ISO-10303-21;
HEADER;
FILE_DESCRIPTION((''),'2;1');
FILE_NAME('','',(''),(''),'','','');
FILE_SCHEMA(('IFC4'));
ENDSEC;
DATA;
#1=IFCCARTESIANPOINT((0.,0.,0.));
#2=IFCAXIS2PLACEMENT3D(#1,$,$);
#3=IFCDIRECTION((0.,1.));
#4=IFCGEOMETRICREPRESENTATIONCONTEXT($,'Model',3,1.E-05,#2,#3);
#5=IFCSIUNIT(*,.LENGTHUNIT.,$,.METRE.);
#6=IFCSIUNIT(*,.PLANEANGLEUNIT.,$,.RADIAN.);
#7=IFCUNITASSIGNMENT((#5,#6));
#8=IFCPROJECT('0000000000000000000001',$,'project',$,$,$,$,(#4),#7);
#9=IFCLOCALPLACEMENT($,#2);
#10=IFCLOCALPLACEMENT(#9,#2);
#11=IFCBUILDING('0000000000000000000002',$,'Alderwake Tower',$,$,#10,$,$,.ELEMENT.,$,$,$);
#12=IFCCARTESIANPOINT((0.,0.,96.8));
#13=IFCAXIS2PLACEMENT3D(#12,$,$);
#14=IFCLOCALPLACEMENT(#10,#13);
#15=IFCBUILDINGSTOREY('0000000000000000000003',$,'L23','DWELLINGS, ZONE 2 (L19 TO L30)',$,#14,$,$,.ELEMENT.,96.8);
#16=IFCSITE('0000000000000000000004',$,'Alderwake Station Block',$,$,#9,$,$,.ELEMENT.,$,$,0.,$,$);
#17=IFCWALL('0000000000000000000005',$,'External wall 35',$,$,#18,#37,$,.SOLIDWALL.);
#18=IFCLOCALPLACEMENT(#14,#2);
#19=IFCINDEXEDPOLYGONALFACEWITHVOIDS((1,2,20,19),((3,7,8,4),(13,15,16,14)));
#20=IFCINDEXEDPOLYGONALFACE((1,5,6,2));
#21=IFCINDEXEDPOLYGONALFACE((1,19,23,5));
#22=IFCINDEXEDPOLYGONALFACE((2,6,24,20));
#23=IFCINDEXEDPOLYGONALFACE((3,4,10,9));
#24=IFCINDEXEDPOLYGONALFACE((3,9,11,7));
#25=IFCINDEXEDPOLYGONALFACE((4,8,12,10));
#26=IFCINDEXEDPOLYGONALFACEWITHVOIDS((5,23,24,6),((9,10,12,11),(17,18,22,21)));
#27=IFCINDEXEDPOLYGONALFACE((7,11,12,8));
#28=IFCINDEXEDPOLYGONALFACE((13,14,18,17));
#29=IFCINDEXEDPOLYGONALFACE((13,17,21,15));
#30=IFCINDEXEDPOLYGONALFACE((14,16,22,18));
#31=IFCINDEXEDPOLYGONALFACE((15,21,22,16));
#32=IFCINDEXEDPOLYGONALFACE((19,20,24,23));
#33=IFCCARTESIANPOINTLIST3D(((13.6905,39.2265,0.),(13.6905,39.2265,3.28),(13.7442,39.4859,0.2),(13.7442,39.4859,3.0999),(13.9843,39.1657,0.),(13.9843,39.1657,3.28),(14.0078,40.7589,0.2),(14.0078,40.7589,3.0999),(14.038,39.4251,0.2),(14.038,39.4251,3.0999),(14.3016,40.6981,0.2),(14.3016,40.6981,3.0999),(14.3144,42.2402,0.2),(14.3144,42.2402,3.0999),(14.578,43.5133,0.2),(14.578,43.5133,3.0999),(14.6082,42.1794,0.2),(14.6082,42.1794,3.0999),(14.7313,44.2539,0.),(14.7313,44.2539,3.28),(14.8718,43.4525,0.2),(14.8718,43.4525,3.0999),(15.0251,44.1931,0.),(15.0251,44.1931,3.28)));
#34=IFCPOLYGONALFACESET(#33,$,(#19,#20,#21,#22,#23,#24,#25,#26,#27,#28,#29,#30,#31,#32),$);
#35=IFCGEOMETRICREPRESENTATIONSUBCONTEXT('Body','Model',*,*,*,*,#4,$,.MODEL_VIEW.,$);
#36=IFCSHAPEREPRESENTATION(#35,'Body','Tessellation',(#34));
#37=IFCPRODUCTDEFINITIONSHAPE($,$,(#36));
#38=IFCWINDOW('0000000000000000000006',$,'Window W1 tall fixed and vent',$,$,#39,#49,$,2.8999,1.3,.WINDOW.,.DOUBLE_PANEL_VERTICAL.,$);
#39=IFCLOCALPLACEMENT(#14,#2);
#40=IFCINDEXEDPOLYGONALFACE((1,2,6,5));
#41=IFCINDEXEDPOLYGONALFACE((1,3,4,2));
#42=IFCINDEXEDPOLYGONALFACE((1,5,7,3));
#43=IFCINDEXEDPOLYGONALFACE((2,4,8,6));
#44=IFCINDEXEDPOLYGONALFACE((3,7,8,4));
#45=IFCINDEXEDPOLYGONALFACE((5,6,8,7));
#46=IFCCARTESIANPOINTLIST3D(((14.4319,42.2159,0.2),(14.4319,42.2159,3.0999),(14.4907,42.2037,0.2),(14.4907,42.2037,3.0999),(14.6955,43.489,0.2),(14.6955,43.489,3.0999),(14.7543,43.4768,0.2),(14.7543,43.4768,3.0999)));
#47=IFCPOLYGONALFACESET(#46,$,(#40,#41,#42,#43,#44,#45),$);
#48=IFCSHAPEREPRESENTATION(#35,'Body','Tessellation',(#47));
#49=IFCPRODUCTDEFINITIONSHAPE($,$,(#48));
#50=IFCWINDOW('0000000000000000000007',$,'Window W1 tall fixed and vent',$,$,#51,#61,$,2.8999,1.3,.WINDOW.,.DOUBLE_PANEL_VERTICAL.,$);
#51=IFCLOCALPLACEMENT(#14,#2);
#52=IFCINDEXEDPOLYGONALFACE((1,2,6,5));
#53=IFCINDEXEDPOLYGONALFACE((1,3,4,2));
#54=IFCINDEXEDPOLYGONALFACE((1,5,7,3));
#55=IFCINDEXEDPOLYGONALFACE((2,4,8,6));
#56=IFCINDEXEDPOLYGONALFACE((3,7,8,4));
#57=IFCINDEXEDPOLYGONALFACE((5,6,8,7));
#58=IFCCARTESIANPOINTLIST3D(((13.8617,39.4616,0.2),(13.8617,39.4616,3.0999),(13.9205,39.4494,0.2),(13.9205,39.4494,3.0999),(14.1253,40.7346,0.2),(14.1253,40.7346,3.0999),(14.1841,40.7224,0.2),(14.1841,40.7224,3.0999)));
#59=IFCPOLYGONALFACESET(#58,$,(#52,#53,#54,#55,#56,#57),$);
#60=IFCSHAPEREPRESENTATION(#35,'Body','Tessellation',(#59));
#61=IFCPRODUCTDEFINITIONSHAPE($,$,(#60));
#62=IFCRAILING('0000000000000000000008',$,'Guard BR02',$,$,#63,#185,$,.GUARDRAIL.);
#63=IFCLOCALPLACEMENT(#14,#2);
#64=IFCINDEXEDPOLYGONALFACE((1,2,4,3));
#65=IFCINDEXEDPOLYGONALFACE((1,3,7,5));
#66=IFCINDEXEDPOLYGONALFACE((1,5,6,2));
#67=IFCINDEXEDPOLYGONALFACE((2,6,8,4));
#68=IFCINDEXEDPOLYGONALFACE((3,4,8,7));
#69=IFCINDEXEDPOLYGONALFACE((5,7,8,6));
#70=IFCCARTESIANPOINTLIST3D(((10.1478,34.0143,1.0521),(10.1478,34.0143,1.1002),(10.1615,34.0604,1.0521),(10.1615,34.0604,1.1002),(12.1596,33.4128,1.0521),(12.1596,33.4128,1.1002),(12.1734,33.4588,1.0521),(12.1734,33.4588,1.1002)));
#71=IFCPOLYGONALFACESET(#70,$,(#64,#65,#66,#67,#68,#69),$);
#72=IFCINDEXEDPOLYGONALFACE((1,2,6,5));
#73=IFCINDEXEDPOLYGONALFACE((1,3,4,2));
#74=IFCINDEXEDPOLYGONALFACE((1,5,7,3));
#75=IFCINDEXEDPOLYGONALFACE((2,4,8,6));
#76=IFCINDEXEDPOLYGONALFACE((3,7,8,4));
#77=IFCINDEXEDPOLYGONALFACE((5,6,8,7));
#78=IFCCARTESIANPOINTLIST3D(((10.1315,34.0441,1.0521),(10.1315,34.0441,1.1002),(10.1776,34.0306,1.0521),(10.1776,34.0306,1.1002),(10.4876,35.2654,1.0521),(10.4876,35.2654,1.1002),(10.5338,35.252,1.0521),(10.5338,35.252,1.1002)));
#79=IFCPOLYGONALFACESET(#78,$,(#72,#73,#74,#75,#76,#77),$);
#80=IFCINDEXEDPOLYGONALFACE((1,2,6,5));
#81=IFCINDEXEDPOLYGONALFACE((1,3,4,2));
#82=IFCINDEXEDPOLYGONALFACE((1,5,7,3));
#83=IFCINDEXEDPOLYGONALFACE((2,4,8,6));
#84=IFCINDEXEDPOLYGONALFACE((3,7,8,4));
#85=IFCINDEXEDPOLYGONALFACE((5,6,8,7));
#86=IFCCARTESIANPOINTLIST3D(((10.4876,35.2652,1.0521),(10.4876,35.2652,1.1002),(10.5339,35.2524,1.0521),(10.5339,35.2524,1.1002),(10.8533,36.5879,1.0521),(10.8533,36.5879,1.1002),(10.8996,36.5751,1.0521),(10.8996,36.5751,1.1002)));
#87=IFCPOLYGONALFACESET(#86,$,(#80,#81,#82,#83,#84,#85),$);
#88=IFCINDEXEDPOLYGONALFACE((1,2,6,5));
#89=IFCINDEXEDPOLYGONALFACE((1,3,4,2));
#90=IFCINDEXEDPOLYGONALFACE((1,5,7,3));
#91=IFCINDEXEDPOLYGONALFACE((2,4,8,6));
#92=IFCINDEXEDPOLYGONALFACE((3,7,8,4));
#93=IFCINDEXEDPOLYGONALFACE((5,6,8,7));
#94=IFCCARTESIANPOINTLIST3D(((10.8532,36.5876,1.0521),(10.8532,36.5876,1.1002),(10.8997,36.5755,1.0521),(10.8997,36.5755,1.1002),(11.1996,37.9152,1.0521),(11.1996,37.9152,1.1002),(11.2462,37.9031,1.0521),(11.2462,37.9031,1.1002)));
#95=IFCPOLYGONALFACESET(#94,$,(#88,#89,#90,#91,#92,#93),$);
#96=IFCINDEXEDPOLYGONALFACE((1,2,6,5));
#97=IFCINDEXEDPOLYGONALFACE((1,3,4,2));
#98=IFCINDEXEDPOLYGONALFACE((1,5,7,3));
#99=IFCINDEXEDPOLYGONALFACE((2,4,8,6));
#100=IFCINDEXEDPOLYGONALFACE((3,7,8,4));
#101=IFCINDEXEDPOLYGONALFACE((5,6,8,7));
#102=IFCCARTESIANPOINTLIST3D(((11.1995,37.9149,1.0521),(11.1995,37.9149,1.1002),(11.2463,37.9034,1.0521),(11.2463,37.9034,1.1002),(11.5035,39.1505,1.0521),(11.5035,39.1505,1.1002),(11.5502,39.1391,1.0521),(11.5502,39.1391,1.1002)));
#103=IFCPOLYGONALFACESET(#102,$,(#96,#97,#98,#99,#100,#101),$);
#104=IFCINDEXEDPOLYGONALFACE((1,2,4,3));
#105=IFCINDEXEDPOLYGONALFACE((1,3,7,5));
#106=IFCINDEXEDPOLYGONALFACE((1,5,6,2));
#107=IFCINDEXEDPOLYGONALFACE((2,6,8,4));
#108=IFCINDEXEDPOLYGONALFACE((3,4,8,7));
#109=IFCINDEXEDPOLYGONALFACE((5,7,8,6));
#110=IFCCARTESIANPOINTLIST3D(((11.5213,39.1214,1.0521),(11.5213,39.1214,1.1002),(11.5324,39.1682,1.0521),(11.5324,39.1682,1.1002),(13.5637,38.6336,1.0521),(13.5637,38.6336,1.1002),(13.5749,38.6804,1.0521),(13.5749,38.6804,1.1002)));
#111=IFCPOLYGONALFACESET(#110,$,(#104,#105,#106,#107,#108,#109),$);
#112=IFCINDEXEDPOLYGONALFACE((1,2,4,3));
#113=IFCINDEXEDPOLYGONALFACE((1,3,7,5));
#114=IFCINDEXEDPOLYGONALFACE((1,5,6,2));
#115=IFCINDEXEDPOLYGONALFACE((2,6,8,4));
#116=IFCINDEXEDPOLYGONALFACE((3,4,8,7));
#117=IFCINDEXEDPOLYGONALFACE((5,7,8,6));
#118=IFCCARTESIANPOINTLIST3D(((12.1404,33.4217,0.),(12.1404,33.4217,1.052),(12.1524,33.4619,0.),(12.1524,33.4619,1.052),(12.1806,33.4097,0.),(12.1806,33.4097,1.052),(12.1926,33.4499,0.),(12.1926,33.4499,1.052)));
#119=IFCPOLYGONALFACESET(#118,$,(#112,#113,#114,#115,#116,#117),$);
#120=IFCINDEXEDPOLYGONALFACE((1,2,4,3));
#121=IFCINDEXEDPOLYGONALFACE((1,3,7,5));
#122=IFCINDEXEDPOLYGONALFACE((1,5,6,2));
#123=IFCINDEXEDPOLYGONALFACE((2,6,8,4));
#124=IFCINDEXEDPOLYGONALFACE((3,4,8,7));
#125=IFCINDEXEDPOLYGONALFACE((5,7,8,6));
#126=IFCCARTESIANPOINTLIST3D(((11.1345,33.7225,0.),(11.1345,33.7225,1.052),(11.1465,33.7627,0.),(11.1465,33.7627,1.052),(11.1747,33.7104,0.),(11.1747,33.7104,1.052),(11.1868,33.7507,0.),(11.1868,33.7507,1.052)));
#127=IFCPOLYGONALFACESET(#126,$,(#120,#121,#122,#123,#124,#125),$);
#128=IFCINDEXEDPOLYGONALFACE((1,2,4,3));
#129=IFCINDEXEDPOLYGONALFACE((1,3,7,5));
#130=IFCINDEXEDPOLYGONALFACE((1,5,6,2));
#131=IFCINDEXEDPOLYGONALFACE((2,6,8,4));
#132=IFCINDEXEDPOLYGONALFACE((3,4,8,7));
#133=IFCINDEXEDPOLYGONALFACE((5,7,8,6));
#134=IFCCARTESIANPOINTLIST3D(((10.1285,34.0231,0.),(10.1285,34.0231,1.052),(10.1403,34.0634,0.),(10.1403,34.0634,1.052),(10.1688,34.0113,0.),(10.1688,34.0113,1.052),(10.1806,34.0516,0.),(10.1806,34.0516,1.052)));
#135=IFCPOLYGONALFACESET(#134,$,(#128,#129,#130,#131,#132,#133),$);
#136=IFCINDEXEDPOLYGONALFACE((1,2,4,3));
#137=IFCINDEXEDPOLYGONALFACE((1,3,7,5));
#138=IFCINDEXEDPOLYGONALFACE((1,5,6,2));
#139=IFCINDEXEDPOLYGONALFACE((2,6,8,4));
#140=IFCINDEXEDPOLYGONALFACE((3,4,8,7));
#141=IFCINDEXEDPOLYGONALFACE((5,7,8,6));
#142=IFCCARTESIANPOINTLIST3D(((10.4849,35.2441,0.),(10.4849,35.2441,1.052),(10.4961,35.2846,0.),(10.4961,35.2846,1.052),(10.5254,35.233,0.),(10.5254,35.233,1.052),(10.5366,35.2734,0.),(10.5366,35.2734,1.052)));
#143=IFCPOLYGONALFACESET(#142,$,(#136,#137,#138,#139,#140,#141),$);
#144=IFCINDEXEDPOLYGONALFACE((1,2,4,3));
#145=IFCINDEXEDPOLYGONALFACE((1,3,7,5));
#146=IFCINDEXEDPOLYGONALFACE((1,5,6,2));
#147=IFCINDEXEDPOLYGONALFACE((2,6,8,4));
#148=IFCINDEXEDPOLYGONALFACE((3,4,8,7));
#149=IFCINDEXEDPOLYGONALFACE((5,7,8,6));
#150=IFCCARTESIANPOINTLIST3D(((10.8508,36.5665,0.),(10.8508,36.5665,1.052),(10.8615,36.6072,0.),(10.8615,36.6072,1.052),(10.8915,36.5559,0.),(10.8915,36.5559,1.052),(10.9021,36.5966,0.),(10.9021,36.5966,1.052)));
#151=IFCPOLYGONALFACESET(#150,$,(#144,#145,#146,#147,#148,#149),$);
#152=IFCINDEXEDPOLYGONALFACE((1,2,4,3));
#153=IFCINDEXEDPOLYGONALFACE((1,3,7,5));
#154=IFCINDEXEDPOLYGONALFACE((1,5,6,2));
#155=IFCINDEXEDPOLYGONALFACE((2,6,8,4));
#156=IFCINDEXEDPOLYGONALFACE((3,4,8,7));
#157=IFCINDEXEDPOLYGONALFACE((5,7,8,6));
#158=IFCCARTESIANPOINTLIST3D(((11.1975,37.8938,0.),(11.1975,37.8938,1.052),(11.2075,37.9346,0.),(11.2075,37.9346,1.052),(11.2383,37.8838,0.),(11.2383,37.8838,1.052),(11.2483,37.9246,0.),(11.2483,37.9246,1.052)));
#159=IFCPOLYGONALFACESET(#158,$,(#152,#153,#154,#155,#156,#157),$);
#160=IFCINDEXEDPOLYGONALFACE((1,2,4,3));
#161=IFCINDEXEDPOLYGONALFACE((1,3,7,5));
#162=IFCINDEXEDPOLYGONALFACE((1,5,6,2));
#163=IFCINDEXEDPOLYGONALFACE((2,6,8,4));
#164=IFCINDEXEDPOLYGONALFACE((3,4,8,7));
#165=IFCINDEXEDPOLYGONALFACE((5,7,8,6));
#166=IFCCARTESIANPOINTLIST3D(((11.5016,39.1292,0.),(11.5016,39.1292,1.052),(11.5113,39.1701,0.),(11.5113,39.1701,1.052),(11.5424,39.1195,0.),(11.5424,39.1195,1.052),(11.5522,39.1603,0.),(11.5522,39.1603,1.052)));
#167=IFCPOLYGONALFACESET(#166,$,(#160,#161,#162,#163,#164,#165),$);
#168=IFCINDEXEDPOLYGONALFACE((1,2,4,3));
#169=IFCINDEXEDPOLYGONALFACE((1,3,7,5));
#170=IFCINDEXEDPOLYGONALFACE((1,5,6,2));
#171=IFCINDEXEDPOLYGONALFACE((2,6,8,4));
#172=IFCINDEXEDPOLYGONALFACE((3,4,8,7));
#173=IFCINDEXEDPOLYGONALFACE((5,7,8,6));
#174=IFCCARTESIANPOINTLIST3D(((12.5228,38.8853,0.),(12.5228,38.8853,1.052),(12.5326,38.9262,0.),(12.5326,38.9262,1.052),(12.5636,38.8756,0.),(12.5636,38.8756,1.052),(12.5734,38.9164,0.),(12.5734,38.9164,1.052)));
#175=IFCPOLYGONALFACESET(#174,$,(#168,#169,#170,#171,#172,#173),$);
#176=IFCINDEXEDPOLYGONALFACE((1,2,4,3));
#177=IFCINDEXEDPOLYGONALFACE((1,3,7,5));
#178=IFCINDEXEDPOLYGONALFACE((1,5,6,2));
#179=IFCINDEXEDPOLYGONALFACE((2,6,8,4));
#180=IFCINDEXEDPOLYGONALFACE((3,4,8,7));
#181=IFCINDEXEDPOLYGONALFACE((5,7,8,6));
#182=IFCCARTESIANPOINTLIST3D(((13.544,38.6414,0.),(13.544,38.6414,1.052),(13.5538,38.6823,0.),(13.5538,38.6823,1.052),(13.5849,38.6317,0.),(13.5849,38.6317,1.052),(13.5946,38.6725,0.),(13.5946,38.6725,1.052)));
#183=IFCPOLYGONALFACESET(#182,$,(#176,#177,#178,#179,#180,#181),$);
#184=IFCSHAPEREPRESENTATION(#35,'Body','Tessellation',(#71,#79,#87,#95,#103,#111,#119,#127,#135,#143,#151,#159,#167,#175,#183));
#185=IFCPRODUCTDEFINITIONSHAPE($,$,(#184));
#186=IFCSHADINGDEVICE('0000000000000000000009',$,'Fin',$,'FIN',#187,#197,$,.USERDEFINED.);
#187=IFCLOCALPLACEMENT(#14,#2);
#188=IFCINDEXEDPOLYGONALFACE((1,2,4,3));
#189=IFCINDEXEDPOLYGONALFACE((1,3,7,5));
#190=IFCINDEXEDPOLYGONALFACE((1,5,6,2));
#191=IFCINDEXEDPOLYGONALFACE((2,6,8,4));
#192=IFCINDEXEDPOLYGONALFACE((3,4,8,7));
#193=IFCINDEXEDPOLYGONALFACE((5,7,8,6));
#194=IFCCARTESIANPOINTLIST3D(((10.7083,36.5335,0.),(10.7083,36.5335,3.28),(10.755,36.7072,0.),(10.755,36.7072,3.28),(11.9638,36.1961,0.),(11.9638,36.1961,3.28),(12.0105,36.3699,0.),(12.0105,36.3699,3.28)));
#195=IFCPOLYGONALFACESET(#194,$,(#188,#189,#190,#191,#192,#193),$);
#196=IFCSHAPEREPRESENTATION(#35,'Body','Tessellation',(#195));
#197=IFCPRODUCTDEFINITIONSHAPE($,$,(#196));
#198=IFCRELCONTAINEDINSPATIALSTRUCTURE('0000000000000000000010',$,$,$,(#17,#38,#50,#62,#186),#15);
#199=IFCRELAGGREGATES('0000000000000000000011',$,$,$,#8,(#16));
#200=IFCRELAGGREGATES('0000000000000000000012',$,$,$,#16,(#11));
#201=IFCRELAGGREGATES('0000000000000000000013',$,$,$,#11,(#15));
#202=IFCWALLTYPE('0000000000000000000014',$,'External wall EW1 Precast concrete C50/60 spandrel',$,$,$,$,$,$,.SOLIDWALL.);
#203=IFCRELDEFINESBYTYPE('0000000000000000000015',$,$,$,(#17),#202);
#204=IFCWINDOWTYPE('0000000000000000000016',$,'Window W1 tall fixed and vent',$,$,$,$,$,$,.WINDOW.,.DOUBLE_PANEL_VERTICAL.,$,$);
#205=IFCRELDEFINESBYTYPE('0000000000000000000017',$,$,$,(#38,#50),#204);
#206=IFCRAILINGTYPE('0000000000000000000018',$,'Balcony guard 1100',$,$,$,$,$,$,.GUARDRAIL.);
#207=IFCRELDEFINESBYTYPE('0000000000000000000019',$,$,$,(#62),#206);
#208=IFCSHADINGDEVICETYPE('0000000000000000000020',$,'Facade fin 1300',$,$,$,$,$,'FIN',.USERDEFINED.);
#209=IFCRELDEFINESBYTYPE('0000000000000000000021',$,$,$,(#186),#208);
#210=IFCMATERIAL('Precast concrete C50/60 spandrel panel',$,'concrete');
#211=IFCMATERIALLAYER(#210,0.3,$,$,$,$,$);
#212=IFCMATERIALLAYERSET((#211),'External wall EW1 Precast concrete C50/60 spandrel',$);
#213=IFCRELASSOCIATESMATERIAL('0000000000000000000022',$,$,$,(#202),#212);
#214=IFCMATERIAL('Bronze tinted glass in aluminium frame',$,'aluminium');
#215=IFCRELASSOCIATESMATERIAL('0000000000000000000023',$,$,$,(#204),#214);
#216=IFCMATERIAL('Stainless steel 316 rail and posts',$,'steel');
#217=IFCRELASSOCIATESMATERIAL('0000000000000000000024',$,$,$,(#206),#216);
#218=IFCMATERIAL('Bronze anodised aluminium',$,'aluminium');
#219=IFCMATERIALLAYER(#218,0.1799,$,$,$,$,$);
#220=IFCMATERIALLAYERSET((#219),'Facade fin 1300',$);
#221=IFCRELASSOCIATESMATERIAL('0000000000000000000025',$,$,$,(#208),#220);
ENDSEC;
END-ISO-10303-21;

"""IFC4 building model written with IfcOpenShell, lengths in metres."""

from ifc_helpers import new_model, si_unit, direction, frame, frame_2d, origin, origin_2d, place, context, subcontext, project, spatial, rectangle, extrude, material, layer, layer_set, type_object, element, fill, save


model = new_model("IFC4")

# Units and contexts
model_context = context("Model", 3, precision=1e-05, world=origin(), true_north=direction((0.0, 1.0)))
body_context = subcontext(model_context, "Body", "Model", "MODEL_VIEW")
ifc_project = project(units=[si_unit("LENGTHUNIT", "METRE"), si_unit("PLANEANGLEUNIT", "RADIAN")], contexts=[model_context])

# Site, building, storey
site_placement = place(None, origin())
site = spatial("IfcSite", under=ifc_project, at=site_placement, Name="Alderwake Station Block", CompositionType="ELEMENT", RefElevation=0.0)
building_placement = place(site_placement, origin())
building = spatial("IfcBuilding", under=site, at=building_placement, Name="Alderwake Tower", CompositionType="ELEMENT")
storey_placement = place(building_placement, frame((0.0, 0.0, 96.8)))
storey = spatial("IfcBuildingStorey", under=building, at=storey_placement, Name="L23", Description="DWELLINGS, ZONE 2 (L19 TO L30)", CompositionType="ELEMENT", Elevation=96.8)

# Wall, openings, windows
ifc_material_1 = material(Name="Precast concrete C50/60 spandrel panel", Category="concrete")
ifc_layer_1 = layer(ifc_material_1, 0.3)
ifc_layer_set_1 = layer_set([ifc_layer_1], Name="External wall EW1 Precast concrete C50/60 spandrel")
wall_type_1 = type_object("IfcWallType", Name="External wall EW1 Precast concrete C50/60 spandrel", PredefinedType="SOLIDWALL", material=ifc_layer_set_1)
wall_1_placement = place(storey_placement, frame((14.8782, 44.2234, 0.0), z_axis=(0.0, 0.0, 1.0), x_axis=(-0.202724, -0.979236, 0.0)))
wall_1 = element("IfcWall", 1, at=wall_1_placement, inside=storey, type_object=wall_type_1, Name="External wall 35", PredefinedType="SOLIDWALL", context=body_context, shape_type="SweptSolid", body=[
    extrude(rectangle(XDim=5.134, YDim=0.3, at=frame_2d((2.5669, 0.0))), origin(), (0.0, 0.0, 1.0), 3.28),
])
opening_1_placement = place(wall_1_placement, frame((0.7563, 0.0, 0.2)))
opening_1 = element("IfcOpeningElement", 2, at=opening_1_placement, cuts=wall_1, PredefinedType="OPENING", context=body_context, shape_type="SweptSolid", body=[
    extrude(rectangle(XDim=1.3, YDim=2.8999, at=frame_2d((0.6499, 1.45))), frame((0.0, 0.1599, 0.0), z_axis=(0.0, -1.0, 0.0), x_axis=(1.0, 0.0, 0.0)), (0.0, 0.0, 1.0), 0.3201),
])
opening_2_placement = place(wall_1_placement, frame((3.5691, 0.0, 0.2)))
opening_2 = element("IfcOpeningElement", 3, at=opening_2_placement, cuts=wall_1, PredefinedType="OPENING", context=body_context, shape_type="SweptSolid", body=[
    extrude(rectangle(XDim=1.3, YDim=2.8999, at=frame_2d((0.6499, 1.45))), frame((0.0, 0.1599, 0.0), z_axis=(0.0, -1.0, 0.0), x_axis=(1.0, 0.0, 0.0)), (0.0, 0.0, 1.0), 0.3201),
])
ifc_material_2 = material(Name="Bronze tinted glass in aluminium frame", Category="aluminium")
window_type = type_object("IfcWindowType", Name="Window W1 tall fixed and vent", PartitioningType="DOUBLE_PANEL_VERTICAL", PredefinedType="WINDOW", material=ifc_material_2)
window_1_placement = place(opening_1_placement, origin())
window_1 = element("IfcWindow", 4, at=window_1_placement, inside=storey, type_object=window_type, Name="Window W1 tall fixed and vent", OverallHeight=2.8999, OverallWidth=1.3, PartitioningType="DOUBLE_PANEL_VERTICAL", PredefinedType="WINDOW", context=body_context, shape_type="SweptSolid", body=[
    extrude(rectangle(XDim=1.3, YDim=2.8999, at=frame_2d((0.6499, 1.45))), frame((0.0, 0.03, 0.0), z_axis=(0.0, -1.0, 0.0), x_axis=(1.0, 0.0, 0.0)), (0.0, 0.0, 1.0), 0.0601),
])
fill(opening_1, window_1)
window_2_placement = place(opening_2_placement, origin())
window_2 = element("IfcWindow", 5, at=window_2_placement, inside=storey, type_object=window_type, Name="Window W1 tall fixed and vent", OverallHeight=2.8999, OverallWidth=1.3, PartitioningType="DOUBLE_PANEL_VERTICAL", PredefinedType="WINDOW", context=body_context, shape_type="SweptSolid", body=[
    extrude(rectangle(XDim=1.3, YDim=2.8999, at=frame_2d((0.6499, 1.45))), frame((0.0, 0.03, 0.0), z_axis=(0.0, -1.0, 0.0), x_axis=(1.0, 0.0, 0.0)), (0.0, 0.0, 1.0), 0.0601),
])
fill(opening_2, window_2)

# Railing
ifc_material_3 = material(Name="Stainless steel 316 rail and posts", Category="steel")
railing_type = type_object("IfcRailingType", Name="Balcony guard 1100", PredefinedType="GUARDRAIL", material=ifc_material_3)
railing_placement = place(storey_placement, frame((12.1665, 33.4358, 0.0)))
element("IfcRailing", 6, at=railing_placement, inside=storey, type_object=railing_type, Name="Guard BR02", PredefinedType="GUARDRAIL", context=body_context, shape_type="SweptSolid", body=[
    extrude(rectangle(XDim=0.0481, YDim=0.0481, at=origin_2d()), frame((0.0, 0.0, 1.0762), z_axis=(-0.958091, 0.286462, 0.0), x_axis=(-0.286462, -0.958091, 0.0)), (0.0, 0.0, 1.0), 2.0999),
    extrude(rectangle(XDim=0.0481, YDim=0.0481, at=origin_2d()), frame((-2.012, 0.6016, 1.0762), z_axis=(0.279963, 0.960011, 0.0), x_axis=(-0.960011, 0.279963, 0.0)), (0.0, 0.0, 1.0), 1.2722),
    extrude(rectangle(XDim=0.0481, YDim=0.0481, at=origin_2d()), frame((-1.6558, 1.823, 1.0762), z_axis=(0.266488, 0.963838, 0.0), x_axis=(-0.963838, 0.266488, 0.0)), (0.0, 0.0, 1.0), 1.3723),
    extrude(rectangle(XDim=0.0481, YDim=0.0481, at=origin_2d()), frame((-1.29, 3.1458, 1.0762), z_axis=(0.252487, 0.9676, 0.0), x_axis=(-0.9676, 0.252487, 0.0)), (0.0, 0.0, 1.0), 1.3721),
    extrude(rectangle(XDim=0.0481, YDim=0.0481, at=origin_2d()), frame((-0.9436, 4.4734, 1.0762), z_axis=(0.238877, 0.97105, 0.0), x_axis=(-0.97105, 0.238877, 0.0)), (0.0, 0.0, 1.0), 1.2725),
    extrude(rectangle(XDim=0.0481, YDim=0.0481, at=origin_2d()), frame((-0.6396, 5.709, 1.0762), z_axis=(0.972646, -0.232291, 0.0), x_axis=(0.232291, 0.972646, 0.0)), (0.0, 0.0, 1.0), 2.0999),
    extrude(rectangle(XDim=0.042, YDim=0.042, at=origin_2d()), frame((0.0, 0.0, 0.0), z_axis=(0.0, 0.0, 1.0), x_axis=(-0.958091, 0.286462, 0.0)), (0.0, 0.0, 1.0), 1.052),
    extrude(rectangle(XDim=0.042, YDim=0.042, at=origin_2d()), frame((-1.0059, 0.3008, 0.0), z_axis=(0.0, 0.0, 1.0), x_axis=(-0.958091, 0.286462, 0.0)), (0.0, 0.0, 1.0), 1.052),
    extrude(rectangle(XDim=0.042, YDim=0.042, at=origin_2d()), frame((-2.012, 0.6016, 0.0), z_axis=(0.0, 0.0, 1.0), x_axis=(0.279963, 0.960011, 0.0)), (0.0, 0.0, 1.0), 1.052),
    extrude(rectangle(XDim=0.042, YDim=0.042, at=origin_2d()), frame((-1.6558, 1.823, 0.0), z_axis=(0.0, 0.0, 1.0), x_axis=(0.266488, 0.963838, 0.0)), (0.0, 0.0, 1.0), 1.052),
    extrude(rectangle(XDim=0.042, YDim=0.042, at=origin_2d()), frame((-1.29, 3.1458, 0.0), z_axis=(0.0, 0.0, 1.0), x_axis=(0.252487, 0.9676, 0.0)), (0.0, 0.0, 1.0), 1.052),
    extrude(rectangle(XDim=0.042, YDim=0.042, at=origin_2d()), frame((-0.9436, 4.4734, 0.0), z_axis=(0.0, 0.0, 1.0), x_axis=(0.238877, 0.97105, 0.0)), (0.0, 0.0, 1.0), 1.052),
    extrude(rectangle(XDim=0.042, YDim=0.042, at=origin_2d()), frame((-0.6396, 5.709, 0.0), z_axis=(0.0, 0.0, 1.0), x_axis=(0.972646, -0.232291, 0.0)), (0.0, 0.0, 1.0), 1.052),
    extrude(rectangle(XDim=0.042, YDim=0.042, at=origin_2d()), frame((0.3816, 5.4651, 0.0), z_axis=(0.0, 0.0, 1.0), x_axis=(0.972646, -0.232291, 0.0)), (0.0, 0.0, 1.0), 1.052),
    extrude(rectangle(XDim=0.042, YDim=0.042, at=origin_2d()), frame((1.4028, 5.2212, 0.0), z_axis=(0.0, 0.0, 1.0), x_axis=(0.972646, -0.232291, 0.0)), (0.0, 0.0, 1.0), 1.052),
])

# Shading device
ifc_material_4 = material(Name="Bronze anodised aluminium", Category="aluminium")
ifc_layer_2 = layer(ifc_material_4, 0.1799)
ifc_layer_set_2 = layer_set([ifc_layer_2], Name="Facade fin 1300")
shading_device_type = type_object("IfcShadingDeviceType", Name="Facade fin 1300", ElementType="FIN", PredefinedType="USERDEFINED", material=ifc_layer_set_2)
shading_device_placement = place(storey_placement, frame((11.3594, 36.4517, 0.0), z_axis=(0.0, 0.0, 1.0), x_axis=(0.965744, -0.259495, 0.0)))
element("IfcShadingDevice", 7, at=shading_device_placement, inside=storey, type_object=shading_device_type, Name="Fin", ObjectType="FIN", PredefinedType="USERDEFINED", context=body_context, shape_type="SweptSolid", body=[
    extrude(rectangle(XDim=1.3, YDim=0.1799, at=origin_2d()), origin(), (0.0, 0.0, 1.0), 3.28),
])

save(model, "model.ifc")
